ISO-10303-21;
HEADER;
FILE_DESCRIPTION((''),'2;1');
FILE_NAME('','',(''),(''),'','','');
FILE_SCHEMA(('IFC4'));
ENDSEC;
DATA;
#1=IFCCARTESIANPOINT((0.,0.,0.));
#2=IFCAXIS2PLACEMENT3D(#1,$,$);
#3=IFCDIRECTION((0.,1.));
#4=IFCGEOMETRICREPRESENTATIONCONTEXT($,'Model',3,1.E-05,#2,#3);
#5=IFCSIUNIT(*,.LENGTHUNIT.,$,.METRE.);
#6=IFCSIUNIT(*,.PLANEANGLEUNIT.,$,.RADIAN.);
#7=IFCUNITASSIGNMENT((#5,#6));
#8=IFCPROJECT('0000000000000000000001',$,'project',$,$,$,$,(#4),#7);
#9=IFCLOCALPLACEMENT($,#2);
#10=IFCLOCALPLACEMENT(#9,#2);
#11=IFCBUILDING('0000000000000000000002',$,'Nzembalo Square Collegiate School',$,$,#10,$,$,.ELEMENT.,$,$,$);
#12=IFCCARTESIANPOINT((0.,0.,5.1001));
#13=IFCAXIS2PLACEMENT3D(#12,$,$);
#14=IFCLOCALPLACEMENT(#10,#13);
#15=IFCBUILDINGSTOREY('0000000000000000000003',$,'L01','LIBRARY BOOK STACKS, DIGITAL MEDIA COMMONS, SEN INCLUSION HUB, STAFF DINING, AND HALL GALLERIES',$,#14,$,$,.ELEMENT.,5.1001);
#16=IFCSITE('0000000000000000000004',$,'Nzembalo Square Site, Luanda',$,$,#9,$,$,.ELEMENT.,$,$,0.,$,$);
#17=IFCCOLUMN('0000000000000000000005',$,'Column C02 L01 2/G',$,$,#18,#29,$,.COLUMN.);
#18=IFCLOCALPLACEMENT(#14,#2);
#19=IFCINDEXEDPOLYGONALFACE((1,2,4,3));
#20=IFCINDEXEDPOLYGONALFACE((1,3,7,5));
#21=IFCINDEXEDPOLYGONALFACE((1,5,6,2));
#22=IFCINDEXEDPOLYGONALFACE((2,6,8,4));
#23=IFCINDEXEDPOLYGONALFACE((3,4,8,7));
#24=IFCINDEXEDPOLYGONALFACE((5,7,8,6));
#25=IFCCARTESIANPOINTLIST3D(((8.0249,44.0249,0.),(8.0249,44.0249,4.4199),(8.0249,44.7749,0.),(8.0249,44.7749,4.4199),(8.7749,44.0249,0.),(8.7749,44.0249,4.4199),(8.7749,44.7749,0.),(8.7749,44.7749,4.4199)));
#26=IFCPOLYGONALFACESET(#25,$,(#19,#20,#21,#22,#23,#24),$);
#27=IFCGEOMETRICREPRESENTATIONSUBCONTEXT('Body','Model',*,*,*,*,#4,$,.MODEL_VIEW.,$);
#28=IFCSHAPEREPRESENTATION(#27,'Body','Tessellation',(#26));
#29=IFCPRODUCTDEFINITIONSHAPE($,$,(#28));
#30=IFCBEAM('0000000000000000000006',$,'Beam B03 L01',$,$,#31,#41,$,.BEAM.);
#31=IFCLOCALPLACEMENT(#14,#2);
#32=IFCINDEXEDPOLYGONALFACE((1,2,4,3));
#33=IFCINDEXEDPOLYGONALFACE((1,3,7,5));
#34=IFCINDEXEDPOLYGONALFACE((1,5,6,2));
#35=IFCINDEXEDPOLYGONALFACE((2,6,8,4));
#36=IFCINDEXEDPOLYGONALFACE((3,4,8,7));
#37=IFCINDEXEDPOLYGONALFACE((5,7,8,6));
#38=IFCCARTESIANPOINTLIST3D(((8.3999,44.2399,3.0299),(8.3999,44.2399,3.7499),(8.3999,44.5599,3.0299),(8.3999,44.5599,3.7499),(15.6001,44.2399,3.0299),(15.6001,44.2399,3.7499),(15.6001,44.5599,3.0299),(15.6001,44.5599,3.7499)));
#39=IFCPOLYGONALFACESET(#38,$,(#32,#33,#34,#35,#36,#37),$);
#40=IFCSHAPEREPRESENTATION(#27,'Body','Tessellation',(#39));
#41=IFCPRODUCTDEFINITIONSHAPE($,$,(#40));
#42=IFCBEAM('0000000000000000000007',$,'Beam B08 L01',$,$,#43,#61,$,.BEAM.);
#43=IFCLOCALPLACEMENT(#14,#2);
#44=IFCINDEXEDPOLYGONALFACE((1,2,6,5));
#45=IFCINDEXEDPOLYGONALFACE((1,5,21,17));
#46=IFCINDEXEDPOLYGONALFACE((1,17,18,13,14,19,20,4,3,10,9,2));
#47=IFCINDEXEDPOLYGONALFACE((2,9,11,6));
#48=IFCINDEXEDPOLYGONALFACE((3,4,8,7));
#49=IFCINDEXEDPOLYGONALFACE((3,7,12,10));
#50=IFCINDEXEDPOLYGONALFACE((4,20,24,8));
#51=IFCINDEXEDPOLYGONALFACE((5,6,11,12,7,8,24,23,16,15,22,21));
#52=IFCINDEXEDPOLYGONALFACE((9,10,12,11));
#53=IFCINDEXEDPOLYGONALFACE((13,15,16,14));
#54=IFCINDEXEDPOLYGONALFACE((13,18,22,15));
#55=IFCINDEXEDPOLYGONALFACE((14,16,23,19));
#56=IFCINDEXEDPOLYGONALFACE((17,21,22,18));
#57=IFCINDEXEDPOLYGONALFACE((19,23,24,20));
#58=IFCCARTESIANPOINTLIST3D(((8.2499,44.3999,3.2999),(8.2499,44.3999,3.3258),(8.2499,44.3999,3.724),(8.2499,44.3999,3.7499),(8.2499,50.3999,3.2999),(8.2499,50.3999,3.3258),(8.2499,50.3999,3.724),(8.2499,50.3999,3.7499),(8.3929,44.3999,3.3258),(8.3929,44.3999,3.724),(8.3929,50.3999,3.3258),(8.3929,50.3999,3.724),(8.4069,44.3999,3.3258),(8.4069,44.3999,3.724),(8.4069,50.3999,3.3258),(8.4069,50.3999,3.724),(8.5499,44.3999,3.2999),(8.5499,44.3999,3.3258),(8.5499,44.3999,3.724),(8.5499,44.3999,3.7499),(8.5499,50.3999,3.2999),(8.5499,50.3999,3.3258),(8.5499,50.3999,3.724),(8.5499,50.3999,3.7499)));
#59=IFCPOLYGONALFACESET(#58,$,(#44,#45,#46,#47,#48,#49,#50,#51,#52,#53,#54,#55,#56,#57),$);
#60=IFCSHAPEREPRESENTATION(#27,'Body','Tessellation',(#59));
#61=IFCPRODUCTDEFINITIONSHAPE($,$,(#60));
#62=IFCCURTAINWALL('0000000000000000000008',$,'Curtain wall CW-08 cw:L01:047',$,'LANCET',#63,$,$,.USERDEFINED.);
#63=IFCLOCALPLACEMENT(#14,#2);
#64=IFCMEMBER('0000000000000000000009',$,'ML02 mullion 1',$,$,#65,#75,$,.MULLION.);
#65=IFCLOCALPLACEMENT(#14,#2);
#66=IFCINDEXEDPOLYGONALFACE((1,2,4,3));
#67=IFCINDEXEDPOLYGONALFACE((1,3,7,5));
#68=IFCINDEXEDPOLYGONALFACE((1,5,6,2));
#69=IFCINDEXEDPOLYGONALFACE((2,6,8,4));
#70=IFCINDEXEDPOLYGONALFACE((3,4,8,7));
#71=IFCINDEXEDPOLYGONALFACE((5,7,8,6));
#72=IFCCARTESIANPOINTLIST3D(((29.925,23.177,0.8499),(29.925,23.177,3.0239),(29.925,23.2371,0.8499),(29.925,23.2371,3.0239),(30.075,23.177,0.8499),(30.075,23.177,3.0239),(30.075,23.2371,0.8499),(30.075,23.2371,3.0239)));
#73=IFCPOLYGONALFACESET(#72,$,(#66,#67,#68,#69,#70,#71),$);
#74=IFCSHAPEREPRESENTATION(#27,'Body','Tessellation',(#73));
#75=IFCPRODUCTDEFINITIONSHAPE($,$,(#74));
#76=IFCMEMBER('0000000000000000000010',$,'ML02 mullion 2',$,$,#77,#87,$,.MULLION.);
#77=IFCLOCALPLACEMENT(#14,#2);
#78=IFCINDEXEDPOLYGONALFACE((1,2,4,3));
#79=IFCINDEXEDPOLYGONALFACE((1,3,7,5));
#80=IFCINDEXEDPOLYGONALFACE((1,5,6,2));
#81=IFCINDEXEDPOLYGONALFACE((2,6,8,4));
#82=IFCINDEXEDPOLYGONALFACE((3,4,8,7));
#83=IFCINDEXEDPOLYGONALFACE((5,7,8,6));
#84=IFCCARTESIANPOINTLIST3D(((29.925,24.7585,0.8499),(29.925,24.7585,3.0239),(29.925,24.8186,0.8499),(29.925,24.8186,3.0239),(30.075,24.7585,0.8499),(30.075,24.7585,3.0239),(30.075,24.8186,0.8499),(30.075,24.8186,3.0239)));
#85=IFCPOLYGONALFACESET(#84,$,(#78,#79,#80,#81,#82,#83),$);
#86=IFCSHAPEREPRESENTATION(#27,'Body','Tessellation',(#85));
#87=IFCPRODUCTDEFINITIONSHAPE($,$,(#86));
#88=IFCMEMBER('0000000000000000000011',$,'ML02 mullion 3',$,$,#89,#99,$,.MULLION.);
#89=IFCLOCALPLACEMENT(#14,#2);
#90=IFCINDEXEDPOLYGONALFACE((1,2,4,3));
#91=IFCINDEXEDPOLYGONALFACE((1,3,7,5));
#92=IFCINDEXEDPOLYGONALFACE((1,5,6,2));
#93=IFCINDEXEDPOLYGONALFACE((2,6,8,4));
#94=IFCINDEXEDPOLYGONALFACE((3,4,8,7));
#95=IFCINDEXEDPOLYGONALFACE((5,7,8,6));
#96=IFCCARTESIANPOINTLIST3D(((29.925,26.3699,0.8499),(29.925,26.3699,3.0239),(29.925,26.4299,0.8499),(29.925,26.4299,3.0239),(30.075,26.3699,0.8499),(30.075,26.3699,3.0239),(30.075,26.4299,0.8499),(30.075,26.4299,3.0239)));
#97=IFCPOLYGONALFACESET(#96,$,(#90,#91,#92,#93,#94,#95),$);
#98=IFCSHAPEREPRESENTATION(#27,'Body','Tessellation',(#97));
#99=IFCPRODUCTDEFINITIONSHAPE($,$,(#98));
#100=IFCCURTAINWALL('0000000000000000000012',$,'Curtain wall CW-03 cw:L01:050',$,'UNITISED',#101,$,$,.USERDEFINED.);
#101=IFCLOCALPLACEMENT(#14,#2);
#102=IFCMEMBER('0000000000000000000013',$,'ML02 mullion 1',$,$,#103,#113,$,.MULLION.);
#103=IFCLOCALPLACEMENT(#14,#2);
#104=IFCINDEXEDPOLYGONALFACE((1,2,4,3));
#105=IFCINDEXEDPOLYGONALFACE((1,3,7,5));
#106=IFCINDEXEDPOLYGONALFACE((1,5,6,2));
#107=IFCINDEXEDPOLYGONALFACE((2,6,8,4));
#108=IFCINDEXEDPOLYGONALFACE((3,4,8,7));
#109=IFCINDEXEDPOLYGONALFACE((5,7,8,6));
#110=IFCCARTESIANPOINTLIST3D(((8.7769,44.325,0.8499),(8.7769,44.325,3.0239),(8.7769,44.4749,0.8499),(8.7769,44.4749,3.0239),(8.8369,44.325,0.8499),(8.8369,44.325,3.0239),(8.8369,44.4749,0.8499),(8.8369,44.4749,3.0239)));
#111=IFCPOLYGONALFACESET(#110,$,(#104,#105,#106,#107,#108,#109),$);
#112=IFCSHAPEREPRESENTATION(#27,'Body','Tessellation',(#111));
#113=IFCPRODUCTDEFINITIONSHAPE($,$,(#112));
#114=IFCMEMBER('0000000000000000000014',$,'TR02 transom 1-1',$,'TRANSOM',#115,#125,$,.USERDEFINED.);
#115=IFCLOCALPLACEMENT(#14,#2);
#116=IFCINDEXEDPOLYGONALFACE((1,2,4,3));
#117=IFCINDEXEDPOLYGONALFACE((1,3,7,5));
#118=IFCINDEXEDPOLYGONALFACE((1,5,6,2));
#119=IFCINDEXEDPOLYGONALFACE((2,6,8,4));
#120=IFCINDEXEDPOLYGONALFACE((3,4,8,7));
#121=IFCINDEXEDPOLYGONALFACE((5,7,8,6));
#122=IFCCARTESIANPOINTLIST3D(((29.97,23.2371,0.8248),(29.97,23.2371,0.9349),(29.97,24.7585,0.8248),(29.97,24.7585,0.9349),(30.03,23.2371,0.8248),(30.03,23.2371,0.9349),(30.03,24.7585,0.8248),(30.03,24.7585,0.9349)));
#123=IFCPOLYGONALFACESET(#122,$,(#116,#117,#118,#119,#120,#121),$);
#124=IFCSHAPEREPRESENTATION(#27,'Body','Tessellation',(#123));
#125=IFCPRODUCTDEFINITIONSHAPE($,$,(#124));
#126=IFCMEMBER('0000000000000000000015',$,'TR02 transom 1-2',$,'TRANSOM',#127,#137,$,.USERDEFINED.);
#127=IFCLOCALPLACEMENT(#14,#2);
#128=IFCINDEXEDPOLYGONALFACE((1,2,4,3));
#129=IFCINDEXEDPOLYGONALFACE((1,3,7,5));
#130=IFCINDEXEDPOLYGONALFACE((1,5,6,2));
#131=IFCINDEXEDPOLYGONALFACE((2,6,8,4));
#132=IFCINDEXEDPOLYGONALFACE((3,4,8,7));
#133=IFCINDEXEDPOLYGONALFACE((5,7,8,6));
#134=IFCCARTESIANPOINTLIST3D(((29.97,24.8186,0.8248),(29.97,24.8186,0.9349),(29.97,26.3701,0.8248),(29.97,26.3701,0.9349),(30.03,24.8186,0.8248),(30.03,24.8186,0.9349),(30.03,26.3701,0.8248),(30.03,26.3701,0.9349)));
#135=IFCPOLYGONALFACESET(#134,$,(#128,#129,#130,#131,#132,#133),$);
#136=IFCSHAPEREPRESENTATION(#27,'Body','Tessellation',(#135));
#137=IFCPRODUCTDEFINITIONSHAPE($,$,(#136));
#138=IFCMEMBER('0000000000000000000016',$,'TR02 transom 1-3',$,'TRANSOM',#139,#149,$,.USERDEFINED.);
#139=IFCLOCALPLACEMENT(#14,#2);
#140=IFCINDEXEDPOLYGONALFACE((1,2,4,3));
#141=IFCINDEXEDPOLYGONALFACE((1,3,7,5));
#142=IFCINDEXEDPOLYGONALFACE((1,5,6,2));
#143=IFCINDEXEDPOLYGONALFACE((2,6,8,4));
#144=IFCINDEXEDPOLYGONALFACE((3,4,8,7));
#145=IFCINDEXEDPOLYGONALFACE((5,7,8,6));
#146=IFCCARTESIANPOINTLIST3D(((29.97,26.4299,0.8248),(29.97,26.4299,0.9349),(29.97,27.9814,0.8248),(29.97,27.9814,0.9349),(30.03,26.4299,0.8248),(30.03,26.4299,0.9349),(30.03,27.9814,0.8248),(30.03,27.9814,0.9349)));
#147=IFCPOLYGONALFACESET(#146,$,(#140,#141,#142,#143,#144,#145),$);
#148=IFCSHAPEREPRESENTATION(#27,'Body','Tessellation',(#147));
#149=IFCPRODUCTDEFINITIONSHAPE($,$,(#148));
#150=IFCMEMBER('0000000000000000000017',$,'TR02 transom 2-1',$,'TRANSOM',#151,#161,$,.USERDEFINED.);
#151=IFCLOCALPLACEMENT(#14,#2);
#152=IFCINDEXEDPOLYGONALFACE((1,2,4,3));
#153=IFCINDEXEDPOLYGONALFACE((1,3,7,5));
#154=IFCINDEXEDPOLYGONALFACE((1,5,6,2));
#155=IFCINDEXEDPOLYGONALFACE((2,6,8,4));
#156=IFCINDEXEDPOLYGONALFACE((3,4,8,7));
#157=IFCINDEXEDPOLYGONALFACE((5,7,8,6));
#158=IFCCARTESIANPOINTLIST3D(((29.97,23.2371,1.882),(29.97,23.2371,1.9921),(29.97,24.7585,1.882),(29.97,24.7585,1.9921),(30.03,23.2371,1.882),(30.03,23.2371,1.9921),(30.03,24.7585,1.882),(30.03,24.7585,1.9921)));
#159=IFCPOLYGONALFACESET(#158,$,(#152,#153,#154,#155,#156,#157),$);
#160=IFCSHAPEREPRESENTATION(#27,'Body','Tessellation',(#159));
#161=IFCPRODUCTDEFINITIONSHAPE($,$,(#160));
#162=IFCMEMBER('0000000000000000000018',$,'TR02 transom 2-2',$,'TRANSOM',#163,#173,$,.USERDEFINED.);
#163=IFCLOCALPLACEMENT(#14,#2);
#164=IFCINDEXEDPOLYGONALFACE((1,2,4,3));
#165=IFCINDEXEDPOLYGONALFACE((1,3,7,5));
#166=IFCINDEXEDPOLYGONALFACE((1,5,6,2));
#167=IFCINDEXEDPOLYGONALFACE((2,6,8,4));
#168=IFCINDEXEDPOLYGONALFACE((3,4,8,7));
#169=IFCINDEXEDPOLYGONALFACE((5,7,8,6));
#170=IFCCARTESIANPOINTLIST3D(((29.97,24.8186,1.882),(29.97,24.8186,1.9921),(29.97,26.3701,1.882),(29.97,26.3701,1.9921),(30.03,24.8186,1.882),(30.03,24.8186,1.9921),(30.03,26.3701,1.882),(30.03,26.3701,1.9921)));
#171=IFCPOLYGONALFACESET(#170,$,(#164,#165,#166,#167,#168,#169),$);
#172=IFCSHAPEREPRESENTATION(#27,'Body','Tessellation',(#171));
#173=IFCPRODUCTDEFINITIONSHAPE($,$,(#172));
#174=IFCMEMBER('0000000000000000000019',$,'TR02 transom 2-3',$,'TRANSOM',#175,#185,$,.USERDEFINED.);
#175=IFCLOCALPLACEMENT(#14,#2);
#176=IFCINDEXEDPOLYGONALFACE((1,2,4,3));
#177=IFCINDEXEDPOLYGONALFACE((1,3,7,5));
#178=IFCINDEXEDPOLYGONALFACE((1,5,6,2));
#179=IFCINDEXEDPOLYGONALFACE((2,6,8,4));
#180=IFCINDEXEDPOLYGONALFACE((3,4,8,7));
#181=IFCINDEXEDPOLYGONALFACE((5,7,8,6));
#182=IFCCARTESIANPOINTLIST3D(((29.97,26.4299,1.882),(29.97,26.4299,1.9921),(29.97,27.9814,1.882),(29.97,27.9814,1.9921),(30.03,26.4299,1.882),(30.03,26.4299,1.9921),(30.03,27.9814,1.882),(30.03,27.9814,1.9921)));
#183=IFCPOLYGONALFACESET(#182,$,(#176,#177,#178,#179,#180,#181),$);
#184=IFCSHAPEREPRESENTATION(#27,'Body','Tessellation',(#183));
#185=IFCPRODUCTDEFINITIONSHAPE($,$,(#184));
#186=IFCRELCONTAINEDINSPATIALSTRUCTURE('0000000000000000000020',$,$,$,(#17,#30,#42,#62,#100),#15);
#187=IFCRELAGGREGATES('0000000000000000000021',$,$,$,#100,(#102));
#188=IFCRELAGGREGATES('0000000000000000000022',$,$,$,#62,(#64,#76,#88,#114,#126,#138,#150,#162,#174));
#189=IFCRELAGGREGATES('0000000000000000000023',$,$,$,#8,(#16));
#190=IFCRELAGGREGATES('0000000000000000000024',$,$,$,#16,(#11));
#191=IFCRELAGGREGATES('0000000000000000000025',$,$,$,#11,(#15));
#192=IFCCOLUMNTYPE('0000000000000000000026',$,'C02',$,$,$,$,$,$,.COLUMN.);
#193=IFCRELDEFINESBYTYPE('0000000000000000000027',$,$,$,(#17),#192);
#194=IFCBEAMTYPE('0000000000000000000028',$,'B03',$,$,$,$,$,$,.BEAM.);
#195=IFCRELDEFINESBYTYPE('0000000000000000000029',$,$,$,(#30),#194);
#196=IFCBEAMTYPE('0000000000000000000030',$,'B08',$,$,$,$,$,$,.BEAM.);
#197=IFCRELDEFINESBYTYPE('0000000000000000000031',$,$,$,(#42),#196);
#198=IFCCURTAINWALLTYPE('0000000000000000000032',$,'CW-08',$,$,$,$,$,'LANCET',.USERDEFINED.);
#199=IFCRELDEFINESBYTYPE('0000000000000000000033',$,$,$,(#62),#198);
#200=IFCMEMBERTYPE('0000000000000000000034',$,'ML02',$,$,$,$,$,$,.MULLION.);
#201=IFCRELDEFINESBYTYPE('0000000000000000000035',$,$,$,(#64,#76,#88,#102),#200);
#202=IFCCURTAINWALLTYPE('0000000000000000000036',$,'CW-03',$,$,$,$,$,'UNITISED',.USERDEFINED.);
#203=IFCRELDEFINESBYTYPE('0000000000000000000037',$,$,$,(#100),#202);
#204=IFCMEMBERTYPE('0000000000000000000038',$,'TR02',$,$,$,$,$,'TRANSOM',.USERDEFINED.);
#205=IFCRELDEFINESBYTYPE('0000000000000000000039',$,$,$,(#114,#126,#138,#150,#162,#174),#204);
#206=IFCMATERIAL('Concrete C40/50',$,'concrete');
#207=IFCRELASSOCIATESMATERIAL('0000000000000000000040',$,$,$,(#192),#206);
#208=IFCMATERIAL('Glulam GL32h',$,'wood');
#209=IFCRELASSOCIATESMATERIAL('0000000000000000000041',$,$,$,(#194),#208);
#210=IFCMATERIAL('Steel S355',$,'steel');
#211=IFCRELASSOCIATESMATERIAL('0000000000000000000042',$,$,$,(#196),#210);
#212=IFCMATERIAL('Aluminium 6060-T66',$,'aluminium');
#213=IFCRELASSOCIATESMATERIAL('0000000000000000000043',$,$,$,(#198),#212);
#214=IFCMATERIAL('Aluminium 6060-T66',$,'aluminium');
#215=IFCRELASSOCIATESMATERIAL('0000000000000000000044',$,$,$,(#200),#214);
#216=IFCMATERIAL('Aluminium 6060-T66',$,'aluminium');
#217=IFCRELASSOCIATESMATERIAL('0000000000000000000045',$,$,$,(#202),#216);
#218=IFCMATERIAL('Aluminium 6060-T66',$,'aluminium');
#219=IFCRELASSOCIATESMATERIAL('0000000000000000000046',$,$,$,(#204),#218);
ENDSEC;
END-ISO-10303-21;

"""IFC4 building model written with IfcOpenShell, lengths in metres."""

from ifc_helpers import new_model, si_unit, direction, frame, origin, origin_2d, place, context, subcontext, project, spatial, rectangle, i_section, extrude, material, material_profile, profile_set, type_object, element, aggregate, save


model = new_model("IFC4")

# Units and contexts
model_context = context("Model", 3, precision=1e-05, world=origin(), true_north=direction((0.0, 1.0)))
body_context = subcontext(model_context, "Body", "Model", "MODEL_VIEW")
ifc_project = project(units=[si_unit("LENGTHUNIT", "METRE"), si_unit("PLANEANGLEUNIT", "RADIAN")], contexts=[model_context])

# Site, building, storey
site_placement = place(None, origin())
site = spatial("IfcSite", under=ifc_project, at=site_placement, Name="Nzembalo Square Site, Luanda", CompositionType="ELEMENT", RefElevation=0.0)
building_placement = place(site_placement, origin())
building = spatial("IfcBuilding", under=site, at=building_placement, Name="Nzembalo Square Collegiate School", CompositionType="ELEMENT")
storey_placement = place(building_placement, frame((0.0, 0.0, 5.1001)))
storey = spatial("IfcBuildingStorey", under=building, at=storey_placement, Name="L01", Description="LIBRARY BOOK STACKS, DIGITAL MEDIA COMMONS, SEN INCLUSION HUB, STAFF DINING, AND HALL GALLERIES", CompositionType="ELEMENT", Elevation=5.1001)

# Column
ifc_material_1 = material(Name="Concrete C40/50", Category="concrete")
ifc_material_profile_1 = material_profile(ifc_material_1, rectangle(XDim=0.75, YDim=0.75, at=origin_2d()), Name="RC 750x750")
ifc_profile_set_1 = profile_set([ifc_material_profile_1], Name="Concrete C40/50")
column_type = type_object("IfcColumnType", Name="C02", PredefinedType="COLUMN", material=ifc_profile_set_1)
column_placement = place(storey_placement, frame((8.3999, 44.3999, 0.0), z_axis=(0.0, 0.0, 1.0), x_axis=(1.0, 0.0, 0.0)))
element("IfcColumn", 1, at=column_placement, inside=storey, type_object=column_type, Name="Column C02 L01 2/G", PredefinedType="COLUMN", context=body_context, shape_type="SweptSolid", body=[
    extrude(rectangle(XDim=0.75, YDim=0.75, at=origin_2d()), origin(), (0.0, 0.0, 1.0), 4.4199),
])

# Beams
ifc_material_2 = material(Name="Glulam GL32h", Category="wood")
ifc_material_profile_2 = material_profile(ifc_material_2, rectangle(XDim=0.3201, YDim=0.72, at=origin_2d()), Name="GL32h 320x720")
ifc_profile_set_2 = profile_set([ifc_material_profile_2], Name="Glulam GL32h")
beam_type_1 = type_object("IfcBeamType", Name="B03", PredefinedType="BEAM", material=ifc_profile_set_2)
beam_1_placement = place(storey_placement, frame((8.3999, 44.3999, 3.3899), z_axis=(1.0, 0.0, 0.0), x_axis=(0.0, 1.0, 0.0)))
element("IfcBeam", 2, at=beam_1_placement, inside=storey, type_object=beam_type_1, Name="Beam B03 L01", PredefinedType="BEAM", context=body_context, shape_type="SweptSolid", body=[
    extrude(rectangle(XDim=0.3201, YDim=0.72, at=origin_2d()), origin(), (0.0, 0.0, 1.0), 7.2002),
])
ifc_material_3 = material(Name="Steel S355", Category="steel")
ifc_material_profile_3 = material_profile(ifc_material_3, i_section(OverallWidth=0.3, OverallDepth=0.45, WebThickness=0.0139, FlangeThickness=0.0259, at=origin_2d()), Name="HEB 450")
ifc_profile_set_3 = profile_set([ifc_material_profile_3], Name="Steel S355")
beam_type_2 = type_object("IfcBeamType", Name="B08", PredefinedType="BEAM", material=ifc_profile_set_3)
beam_2_placement = place(storey_placement, frame((8.3999, 44.3999, 3.5249), z_axis=(0.0, 1.0, 0.0), x_axis=(-1.0, 0.0, 0.0)))
element("IfcBeam", 3, at=beam_2_placement, inside=storey, type_object=beam_type_2, Name="Beam B08 L01", PredefinedType="BEAM", context=body_context, shape_type="SweptSolid", body=[
    extrude(i_section(OverallWidth=0.3, OverallDepth=0.45, WebThickness=0.0139, FlangeThickness=0.0259, at=origin_2d()), origin(), (0.0, 0.0, 1.0), 6.0),
])

# Curtain wall, members
ifc_material_4 = material(Name="Aluminium 6060-T66", Category="aluminium")
curtain_wall_type_1 = type_object("IfcCurtainWallType", Name="CW-08", ElementType="LANCET", PredefinedType="USERDEFINED", material=ifc_material_4)
curtain_wall_1_placement = place(storey_placement, origin())
curtain_wall_1 = element("IfcCurtainWall", 4, at=curtain_wall_1_placement, inside=storey, type_object=curtain_wall_type_1, Name="Curtain wall CW-08 cw:L01:047", ObjectType="LANCET", PredefinedType="USERDEFINED")
ifc_material_5 = material(Name="Aluminium 6060-T66", Category="aluminium")
ifc_material_profile_4 = material_profile(ifc_material_5, rectangle(XDim=0.0601, YDim=0.1499, at=origin_2d()), Name="ALU M60x150")
ifc_profile_set_4 = profile_set([ifc_material_profile_4], Name="Aluminium 6060-T66")
member_type_1 = type_object("IfcMemberType", Name="ML02", PredefinedType="MULLION", material=ifc_profile_set_4)
member_1_placement = place(storey_placement, frame((30.0, 23.207, 0.8499), z_axis=(0.0, 0.0, 1.0), x_axis=(0.0, 1.0, 0.0)))
member_1 = element("IfcMember", 5, at=member_1_placement, type_object=member_type_1, Name="ML02 mullion 1", PredefinedType="MULLION", context=body_context, shape_type="SweptSolid", body=[
    extrude(rectangle(XDim=0.0601, YDim=0.1499, at=origin_2d()), origin(), (0.0, 0.0, 1.0), 2.1741),
])
member_2_placement = place(storey_placement, frame((30.0, 24.7886, 0.8499), z_axis=(0.0, 0.0, 1.0), x_axis=(0.0, 1.0, 0.0)))
member_2 = element("IfcMember", 6, at=member_2_placement, type_object=member_type_1, Name="ML02 mullion 2", PredefinedType="MULLION", context=body_context, shape_type="SweptSolid", body=[
    extrude(rectangle(XDim=0.0601, YDim=0.1499, at=origin_2d()), origin(), (0.0, 0.0, 1.0), 2.1741),
])
member_3_placement = place(storey_placement, frame((30.0, 26.3999, 0.8499), z_axis=(0.0, 0.0, 1.0), x_axis=(0.0, 1.0, 0.0)))
member_3 = element("IfcMember", 7, at=member_3_placement, type_object=member_type_1, Name="ML02 mullion 3", PredefinedType="MULLION", context=body_context, shape_type="SweptSolid", body=[
    extrude(rectangle(XDim=0.0601, YDim=0.1499, at=origin_2d()), origin(), (0.0, 0.0, 1.0), 2.1741),
])

# Curtain wall, member
ifc_material_6 = material(Name="Aluminium 6060-T66", Category="aluminium")
curtain_wall_type_2 = type_object("IfcCurtainWallType", Name="CW-03", ElementType="UNITISED", PredefinedType="USERDEFINED", material=ifc_material_6)
curtain_wall_2_placement = place(storey_placement, origin())
curtain_wall_2 = element("IfcCurtainWall", 8, at=curtain_wall_2_placement, inside=storey, type_object=curtain_wall_type_2, Name="Curtain wall CW-03 cw:L01:050", ObjectType="UNITISED", PredefinedType="USERDEFINED")
member_4_placement = place(storey_placement, frame((8.8069, 44.3999, 0.8499), z_axis=(0.0, 0.0, 1.0), x_axis=(1.0, 0.0, 0.0)))
member_4 = element("IfcMember", 9, at=member_4_placement, type_object=member_type_1, Name="ML02 mullion 1", PredefinedType="MULLION", context=body_context, shape_type="SweptSolid", body=[
    extrude(rectangle(XDim=0.0601, YDim=0.1499, at=origin_2d()), origin(), (0.0, 0.0, 1.0), 2.1741),
])

# Members
ifc_material_7 = material(Name="Aluminium 6060-T66", Category="aluminium")
ifc_material_profile_5 = material_profile(ifc_material_7, rectangle(XDim=0.0601, YDim=0.1101, at=origin_2d()), Name="ALU T60x110")
ifc_profile_set_5 = profile_set([ifc_material_profile_5], Name="Aluminium 6060-T66")
member_type_2 = type_object("IfcMemberType", Name="TR02", ElementType="TRANSOM", PredefinedType="USERDEFINED", material=ifc_profile_set_5)
member_5_placement = place(storey_placement, frame((30.0, 23.2371, 0.8799), z_axis=(0.0, 1.0, 0.0), x_axis=(-1.0, 0.0, 0.0)))
member_5 = element("IfcMember", 10, at=member_5_placement, type_object=member_type_2, Name="TR02 transom 1-1", ObjectType="TRANSOM", PredefinedType="USERDEFINED", context=body_context, shape_type="SweptSolid", body=[
    extrude(rectangle(XDim=0.0601, YDim=0.1101, at=origin_2d()), origin(), (0.0, 0.0, 1.0), 1.5215),
])
member_6_placement = place(storey_placement, frame((30.0, 24.8186, 0.8799), z_axis=(0.0, 1.0, 0.0), x_axis=(-1.0, 0.0, 0.0)))
member_6 = element("IfcMember", 11, at=member_6_placement, type_object=member_type_2, Name="TR02 transom 1-2", ObjectType="TRANSOM", PredefinedType="USERDEFINED", context=body_context, shape_type="SweptSolid", body=[
    extrude(rectangle(XDim=0.0601, YDim=0.1101, at=origin_2d()), origin(), (0.0, 0.0, 1.0), 1.5515),
])
member_7_placement = place(storey_placement, frame((30.0, 26.4299, 0.8799), z_axis=(0.0, 1.0, 0.0), x_axis=(-1.0, 0.0, 0.0)))
member_7 = element("IfcMember", 12, at=member_7_placement, type_object=member_type_2, Name="TR02 transom 1-3", ObjectType="TRANSOM", PredefinedType="USERDEFINED", context=body_context, shape_type="SweptSolid", body=[
    extrude(rectangle(XDim=0.0601, YDim=0.1101, at=origin_2d()), origin(), (0.0, 0.0, 1.0), 1.5515),
])
member_8_placement = place(storey_placement, frame((30.0, 23.2371, 1.937), z_axis=(0.0, 1.0, 0.0), x_axis=(-1.0, 0.0, 0.0)))
member_8 = element("IfcMember", 13, at=member_8_placement, type_object=member_type_2, Name="TR02 transom 2-1", ObjectType="TRANSOM", PredefinedType="USERDEFINED", context=body_context, shape_type="SweptSolid", body=[
    extrude(rectangle(XDim=0.0601, YDim=0.1101, at=origin_2d()), origin(), (0.0, 0.0, 1.0), 1.5215),
])
member_9_placement = place(storey_placement, frame((30.0, 24.8186, 1.937), z_axis=(0.0, 1.0, 0.0), x_axis=(-1.0, 0.0, 0.0)))
member_9 = element("IfcMember", 14, at=member_9_placement, type_object=member_type_2, Name="TR02 transom 2-2", ObjectType="TRANSOM", PredefinedType="USERDEFINED", context=body_context, shape_type="SweptSolid", body=[
    extrude(rectangle(XDim=0.0601, YDim=0.1101, at=origin_2d()), origin(), (0.0, 0.0, 1.0), 1.5515),
])
member_10_placement = place(storey_placement, frame((30.0, 26.4299, 1.937), z_axis=(0.0, 1.0, 0.0), x_axis=(-1.0, 0.0, 0.0)))
member_10 = element("IfcMember", 15, at=member_10_placement, type_object=member_type_2, Name="TR02 transom 2-3", ObjectType="TRANSOM", PredefinedType="USERDEFINED", context=body_context, shape_type="SweptSolid", body=[
    extrude(rectangle(XDim=0.0601, YDim=0.1101, at=origin_2d()), origin(), (0.0, 0.0, 1.0), 1.5515),
])
aggregate(curtain_wall_2, [member_4])

aggregate(curtain_wall_1, [member_1, member_2, member_3, member_5, member_6, member_7, member_8, member_9, member_10])

save(model, "model.ifc")
